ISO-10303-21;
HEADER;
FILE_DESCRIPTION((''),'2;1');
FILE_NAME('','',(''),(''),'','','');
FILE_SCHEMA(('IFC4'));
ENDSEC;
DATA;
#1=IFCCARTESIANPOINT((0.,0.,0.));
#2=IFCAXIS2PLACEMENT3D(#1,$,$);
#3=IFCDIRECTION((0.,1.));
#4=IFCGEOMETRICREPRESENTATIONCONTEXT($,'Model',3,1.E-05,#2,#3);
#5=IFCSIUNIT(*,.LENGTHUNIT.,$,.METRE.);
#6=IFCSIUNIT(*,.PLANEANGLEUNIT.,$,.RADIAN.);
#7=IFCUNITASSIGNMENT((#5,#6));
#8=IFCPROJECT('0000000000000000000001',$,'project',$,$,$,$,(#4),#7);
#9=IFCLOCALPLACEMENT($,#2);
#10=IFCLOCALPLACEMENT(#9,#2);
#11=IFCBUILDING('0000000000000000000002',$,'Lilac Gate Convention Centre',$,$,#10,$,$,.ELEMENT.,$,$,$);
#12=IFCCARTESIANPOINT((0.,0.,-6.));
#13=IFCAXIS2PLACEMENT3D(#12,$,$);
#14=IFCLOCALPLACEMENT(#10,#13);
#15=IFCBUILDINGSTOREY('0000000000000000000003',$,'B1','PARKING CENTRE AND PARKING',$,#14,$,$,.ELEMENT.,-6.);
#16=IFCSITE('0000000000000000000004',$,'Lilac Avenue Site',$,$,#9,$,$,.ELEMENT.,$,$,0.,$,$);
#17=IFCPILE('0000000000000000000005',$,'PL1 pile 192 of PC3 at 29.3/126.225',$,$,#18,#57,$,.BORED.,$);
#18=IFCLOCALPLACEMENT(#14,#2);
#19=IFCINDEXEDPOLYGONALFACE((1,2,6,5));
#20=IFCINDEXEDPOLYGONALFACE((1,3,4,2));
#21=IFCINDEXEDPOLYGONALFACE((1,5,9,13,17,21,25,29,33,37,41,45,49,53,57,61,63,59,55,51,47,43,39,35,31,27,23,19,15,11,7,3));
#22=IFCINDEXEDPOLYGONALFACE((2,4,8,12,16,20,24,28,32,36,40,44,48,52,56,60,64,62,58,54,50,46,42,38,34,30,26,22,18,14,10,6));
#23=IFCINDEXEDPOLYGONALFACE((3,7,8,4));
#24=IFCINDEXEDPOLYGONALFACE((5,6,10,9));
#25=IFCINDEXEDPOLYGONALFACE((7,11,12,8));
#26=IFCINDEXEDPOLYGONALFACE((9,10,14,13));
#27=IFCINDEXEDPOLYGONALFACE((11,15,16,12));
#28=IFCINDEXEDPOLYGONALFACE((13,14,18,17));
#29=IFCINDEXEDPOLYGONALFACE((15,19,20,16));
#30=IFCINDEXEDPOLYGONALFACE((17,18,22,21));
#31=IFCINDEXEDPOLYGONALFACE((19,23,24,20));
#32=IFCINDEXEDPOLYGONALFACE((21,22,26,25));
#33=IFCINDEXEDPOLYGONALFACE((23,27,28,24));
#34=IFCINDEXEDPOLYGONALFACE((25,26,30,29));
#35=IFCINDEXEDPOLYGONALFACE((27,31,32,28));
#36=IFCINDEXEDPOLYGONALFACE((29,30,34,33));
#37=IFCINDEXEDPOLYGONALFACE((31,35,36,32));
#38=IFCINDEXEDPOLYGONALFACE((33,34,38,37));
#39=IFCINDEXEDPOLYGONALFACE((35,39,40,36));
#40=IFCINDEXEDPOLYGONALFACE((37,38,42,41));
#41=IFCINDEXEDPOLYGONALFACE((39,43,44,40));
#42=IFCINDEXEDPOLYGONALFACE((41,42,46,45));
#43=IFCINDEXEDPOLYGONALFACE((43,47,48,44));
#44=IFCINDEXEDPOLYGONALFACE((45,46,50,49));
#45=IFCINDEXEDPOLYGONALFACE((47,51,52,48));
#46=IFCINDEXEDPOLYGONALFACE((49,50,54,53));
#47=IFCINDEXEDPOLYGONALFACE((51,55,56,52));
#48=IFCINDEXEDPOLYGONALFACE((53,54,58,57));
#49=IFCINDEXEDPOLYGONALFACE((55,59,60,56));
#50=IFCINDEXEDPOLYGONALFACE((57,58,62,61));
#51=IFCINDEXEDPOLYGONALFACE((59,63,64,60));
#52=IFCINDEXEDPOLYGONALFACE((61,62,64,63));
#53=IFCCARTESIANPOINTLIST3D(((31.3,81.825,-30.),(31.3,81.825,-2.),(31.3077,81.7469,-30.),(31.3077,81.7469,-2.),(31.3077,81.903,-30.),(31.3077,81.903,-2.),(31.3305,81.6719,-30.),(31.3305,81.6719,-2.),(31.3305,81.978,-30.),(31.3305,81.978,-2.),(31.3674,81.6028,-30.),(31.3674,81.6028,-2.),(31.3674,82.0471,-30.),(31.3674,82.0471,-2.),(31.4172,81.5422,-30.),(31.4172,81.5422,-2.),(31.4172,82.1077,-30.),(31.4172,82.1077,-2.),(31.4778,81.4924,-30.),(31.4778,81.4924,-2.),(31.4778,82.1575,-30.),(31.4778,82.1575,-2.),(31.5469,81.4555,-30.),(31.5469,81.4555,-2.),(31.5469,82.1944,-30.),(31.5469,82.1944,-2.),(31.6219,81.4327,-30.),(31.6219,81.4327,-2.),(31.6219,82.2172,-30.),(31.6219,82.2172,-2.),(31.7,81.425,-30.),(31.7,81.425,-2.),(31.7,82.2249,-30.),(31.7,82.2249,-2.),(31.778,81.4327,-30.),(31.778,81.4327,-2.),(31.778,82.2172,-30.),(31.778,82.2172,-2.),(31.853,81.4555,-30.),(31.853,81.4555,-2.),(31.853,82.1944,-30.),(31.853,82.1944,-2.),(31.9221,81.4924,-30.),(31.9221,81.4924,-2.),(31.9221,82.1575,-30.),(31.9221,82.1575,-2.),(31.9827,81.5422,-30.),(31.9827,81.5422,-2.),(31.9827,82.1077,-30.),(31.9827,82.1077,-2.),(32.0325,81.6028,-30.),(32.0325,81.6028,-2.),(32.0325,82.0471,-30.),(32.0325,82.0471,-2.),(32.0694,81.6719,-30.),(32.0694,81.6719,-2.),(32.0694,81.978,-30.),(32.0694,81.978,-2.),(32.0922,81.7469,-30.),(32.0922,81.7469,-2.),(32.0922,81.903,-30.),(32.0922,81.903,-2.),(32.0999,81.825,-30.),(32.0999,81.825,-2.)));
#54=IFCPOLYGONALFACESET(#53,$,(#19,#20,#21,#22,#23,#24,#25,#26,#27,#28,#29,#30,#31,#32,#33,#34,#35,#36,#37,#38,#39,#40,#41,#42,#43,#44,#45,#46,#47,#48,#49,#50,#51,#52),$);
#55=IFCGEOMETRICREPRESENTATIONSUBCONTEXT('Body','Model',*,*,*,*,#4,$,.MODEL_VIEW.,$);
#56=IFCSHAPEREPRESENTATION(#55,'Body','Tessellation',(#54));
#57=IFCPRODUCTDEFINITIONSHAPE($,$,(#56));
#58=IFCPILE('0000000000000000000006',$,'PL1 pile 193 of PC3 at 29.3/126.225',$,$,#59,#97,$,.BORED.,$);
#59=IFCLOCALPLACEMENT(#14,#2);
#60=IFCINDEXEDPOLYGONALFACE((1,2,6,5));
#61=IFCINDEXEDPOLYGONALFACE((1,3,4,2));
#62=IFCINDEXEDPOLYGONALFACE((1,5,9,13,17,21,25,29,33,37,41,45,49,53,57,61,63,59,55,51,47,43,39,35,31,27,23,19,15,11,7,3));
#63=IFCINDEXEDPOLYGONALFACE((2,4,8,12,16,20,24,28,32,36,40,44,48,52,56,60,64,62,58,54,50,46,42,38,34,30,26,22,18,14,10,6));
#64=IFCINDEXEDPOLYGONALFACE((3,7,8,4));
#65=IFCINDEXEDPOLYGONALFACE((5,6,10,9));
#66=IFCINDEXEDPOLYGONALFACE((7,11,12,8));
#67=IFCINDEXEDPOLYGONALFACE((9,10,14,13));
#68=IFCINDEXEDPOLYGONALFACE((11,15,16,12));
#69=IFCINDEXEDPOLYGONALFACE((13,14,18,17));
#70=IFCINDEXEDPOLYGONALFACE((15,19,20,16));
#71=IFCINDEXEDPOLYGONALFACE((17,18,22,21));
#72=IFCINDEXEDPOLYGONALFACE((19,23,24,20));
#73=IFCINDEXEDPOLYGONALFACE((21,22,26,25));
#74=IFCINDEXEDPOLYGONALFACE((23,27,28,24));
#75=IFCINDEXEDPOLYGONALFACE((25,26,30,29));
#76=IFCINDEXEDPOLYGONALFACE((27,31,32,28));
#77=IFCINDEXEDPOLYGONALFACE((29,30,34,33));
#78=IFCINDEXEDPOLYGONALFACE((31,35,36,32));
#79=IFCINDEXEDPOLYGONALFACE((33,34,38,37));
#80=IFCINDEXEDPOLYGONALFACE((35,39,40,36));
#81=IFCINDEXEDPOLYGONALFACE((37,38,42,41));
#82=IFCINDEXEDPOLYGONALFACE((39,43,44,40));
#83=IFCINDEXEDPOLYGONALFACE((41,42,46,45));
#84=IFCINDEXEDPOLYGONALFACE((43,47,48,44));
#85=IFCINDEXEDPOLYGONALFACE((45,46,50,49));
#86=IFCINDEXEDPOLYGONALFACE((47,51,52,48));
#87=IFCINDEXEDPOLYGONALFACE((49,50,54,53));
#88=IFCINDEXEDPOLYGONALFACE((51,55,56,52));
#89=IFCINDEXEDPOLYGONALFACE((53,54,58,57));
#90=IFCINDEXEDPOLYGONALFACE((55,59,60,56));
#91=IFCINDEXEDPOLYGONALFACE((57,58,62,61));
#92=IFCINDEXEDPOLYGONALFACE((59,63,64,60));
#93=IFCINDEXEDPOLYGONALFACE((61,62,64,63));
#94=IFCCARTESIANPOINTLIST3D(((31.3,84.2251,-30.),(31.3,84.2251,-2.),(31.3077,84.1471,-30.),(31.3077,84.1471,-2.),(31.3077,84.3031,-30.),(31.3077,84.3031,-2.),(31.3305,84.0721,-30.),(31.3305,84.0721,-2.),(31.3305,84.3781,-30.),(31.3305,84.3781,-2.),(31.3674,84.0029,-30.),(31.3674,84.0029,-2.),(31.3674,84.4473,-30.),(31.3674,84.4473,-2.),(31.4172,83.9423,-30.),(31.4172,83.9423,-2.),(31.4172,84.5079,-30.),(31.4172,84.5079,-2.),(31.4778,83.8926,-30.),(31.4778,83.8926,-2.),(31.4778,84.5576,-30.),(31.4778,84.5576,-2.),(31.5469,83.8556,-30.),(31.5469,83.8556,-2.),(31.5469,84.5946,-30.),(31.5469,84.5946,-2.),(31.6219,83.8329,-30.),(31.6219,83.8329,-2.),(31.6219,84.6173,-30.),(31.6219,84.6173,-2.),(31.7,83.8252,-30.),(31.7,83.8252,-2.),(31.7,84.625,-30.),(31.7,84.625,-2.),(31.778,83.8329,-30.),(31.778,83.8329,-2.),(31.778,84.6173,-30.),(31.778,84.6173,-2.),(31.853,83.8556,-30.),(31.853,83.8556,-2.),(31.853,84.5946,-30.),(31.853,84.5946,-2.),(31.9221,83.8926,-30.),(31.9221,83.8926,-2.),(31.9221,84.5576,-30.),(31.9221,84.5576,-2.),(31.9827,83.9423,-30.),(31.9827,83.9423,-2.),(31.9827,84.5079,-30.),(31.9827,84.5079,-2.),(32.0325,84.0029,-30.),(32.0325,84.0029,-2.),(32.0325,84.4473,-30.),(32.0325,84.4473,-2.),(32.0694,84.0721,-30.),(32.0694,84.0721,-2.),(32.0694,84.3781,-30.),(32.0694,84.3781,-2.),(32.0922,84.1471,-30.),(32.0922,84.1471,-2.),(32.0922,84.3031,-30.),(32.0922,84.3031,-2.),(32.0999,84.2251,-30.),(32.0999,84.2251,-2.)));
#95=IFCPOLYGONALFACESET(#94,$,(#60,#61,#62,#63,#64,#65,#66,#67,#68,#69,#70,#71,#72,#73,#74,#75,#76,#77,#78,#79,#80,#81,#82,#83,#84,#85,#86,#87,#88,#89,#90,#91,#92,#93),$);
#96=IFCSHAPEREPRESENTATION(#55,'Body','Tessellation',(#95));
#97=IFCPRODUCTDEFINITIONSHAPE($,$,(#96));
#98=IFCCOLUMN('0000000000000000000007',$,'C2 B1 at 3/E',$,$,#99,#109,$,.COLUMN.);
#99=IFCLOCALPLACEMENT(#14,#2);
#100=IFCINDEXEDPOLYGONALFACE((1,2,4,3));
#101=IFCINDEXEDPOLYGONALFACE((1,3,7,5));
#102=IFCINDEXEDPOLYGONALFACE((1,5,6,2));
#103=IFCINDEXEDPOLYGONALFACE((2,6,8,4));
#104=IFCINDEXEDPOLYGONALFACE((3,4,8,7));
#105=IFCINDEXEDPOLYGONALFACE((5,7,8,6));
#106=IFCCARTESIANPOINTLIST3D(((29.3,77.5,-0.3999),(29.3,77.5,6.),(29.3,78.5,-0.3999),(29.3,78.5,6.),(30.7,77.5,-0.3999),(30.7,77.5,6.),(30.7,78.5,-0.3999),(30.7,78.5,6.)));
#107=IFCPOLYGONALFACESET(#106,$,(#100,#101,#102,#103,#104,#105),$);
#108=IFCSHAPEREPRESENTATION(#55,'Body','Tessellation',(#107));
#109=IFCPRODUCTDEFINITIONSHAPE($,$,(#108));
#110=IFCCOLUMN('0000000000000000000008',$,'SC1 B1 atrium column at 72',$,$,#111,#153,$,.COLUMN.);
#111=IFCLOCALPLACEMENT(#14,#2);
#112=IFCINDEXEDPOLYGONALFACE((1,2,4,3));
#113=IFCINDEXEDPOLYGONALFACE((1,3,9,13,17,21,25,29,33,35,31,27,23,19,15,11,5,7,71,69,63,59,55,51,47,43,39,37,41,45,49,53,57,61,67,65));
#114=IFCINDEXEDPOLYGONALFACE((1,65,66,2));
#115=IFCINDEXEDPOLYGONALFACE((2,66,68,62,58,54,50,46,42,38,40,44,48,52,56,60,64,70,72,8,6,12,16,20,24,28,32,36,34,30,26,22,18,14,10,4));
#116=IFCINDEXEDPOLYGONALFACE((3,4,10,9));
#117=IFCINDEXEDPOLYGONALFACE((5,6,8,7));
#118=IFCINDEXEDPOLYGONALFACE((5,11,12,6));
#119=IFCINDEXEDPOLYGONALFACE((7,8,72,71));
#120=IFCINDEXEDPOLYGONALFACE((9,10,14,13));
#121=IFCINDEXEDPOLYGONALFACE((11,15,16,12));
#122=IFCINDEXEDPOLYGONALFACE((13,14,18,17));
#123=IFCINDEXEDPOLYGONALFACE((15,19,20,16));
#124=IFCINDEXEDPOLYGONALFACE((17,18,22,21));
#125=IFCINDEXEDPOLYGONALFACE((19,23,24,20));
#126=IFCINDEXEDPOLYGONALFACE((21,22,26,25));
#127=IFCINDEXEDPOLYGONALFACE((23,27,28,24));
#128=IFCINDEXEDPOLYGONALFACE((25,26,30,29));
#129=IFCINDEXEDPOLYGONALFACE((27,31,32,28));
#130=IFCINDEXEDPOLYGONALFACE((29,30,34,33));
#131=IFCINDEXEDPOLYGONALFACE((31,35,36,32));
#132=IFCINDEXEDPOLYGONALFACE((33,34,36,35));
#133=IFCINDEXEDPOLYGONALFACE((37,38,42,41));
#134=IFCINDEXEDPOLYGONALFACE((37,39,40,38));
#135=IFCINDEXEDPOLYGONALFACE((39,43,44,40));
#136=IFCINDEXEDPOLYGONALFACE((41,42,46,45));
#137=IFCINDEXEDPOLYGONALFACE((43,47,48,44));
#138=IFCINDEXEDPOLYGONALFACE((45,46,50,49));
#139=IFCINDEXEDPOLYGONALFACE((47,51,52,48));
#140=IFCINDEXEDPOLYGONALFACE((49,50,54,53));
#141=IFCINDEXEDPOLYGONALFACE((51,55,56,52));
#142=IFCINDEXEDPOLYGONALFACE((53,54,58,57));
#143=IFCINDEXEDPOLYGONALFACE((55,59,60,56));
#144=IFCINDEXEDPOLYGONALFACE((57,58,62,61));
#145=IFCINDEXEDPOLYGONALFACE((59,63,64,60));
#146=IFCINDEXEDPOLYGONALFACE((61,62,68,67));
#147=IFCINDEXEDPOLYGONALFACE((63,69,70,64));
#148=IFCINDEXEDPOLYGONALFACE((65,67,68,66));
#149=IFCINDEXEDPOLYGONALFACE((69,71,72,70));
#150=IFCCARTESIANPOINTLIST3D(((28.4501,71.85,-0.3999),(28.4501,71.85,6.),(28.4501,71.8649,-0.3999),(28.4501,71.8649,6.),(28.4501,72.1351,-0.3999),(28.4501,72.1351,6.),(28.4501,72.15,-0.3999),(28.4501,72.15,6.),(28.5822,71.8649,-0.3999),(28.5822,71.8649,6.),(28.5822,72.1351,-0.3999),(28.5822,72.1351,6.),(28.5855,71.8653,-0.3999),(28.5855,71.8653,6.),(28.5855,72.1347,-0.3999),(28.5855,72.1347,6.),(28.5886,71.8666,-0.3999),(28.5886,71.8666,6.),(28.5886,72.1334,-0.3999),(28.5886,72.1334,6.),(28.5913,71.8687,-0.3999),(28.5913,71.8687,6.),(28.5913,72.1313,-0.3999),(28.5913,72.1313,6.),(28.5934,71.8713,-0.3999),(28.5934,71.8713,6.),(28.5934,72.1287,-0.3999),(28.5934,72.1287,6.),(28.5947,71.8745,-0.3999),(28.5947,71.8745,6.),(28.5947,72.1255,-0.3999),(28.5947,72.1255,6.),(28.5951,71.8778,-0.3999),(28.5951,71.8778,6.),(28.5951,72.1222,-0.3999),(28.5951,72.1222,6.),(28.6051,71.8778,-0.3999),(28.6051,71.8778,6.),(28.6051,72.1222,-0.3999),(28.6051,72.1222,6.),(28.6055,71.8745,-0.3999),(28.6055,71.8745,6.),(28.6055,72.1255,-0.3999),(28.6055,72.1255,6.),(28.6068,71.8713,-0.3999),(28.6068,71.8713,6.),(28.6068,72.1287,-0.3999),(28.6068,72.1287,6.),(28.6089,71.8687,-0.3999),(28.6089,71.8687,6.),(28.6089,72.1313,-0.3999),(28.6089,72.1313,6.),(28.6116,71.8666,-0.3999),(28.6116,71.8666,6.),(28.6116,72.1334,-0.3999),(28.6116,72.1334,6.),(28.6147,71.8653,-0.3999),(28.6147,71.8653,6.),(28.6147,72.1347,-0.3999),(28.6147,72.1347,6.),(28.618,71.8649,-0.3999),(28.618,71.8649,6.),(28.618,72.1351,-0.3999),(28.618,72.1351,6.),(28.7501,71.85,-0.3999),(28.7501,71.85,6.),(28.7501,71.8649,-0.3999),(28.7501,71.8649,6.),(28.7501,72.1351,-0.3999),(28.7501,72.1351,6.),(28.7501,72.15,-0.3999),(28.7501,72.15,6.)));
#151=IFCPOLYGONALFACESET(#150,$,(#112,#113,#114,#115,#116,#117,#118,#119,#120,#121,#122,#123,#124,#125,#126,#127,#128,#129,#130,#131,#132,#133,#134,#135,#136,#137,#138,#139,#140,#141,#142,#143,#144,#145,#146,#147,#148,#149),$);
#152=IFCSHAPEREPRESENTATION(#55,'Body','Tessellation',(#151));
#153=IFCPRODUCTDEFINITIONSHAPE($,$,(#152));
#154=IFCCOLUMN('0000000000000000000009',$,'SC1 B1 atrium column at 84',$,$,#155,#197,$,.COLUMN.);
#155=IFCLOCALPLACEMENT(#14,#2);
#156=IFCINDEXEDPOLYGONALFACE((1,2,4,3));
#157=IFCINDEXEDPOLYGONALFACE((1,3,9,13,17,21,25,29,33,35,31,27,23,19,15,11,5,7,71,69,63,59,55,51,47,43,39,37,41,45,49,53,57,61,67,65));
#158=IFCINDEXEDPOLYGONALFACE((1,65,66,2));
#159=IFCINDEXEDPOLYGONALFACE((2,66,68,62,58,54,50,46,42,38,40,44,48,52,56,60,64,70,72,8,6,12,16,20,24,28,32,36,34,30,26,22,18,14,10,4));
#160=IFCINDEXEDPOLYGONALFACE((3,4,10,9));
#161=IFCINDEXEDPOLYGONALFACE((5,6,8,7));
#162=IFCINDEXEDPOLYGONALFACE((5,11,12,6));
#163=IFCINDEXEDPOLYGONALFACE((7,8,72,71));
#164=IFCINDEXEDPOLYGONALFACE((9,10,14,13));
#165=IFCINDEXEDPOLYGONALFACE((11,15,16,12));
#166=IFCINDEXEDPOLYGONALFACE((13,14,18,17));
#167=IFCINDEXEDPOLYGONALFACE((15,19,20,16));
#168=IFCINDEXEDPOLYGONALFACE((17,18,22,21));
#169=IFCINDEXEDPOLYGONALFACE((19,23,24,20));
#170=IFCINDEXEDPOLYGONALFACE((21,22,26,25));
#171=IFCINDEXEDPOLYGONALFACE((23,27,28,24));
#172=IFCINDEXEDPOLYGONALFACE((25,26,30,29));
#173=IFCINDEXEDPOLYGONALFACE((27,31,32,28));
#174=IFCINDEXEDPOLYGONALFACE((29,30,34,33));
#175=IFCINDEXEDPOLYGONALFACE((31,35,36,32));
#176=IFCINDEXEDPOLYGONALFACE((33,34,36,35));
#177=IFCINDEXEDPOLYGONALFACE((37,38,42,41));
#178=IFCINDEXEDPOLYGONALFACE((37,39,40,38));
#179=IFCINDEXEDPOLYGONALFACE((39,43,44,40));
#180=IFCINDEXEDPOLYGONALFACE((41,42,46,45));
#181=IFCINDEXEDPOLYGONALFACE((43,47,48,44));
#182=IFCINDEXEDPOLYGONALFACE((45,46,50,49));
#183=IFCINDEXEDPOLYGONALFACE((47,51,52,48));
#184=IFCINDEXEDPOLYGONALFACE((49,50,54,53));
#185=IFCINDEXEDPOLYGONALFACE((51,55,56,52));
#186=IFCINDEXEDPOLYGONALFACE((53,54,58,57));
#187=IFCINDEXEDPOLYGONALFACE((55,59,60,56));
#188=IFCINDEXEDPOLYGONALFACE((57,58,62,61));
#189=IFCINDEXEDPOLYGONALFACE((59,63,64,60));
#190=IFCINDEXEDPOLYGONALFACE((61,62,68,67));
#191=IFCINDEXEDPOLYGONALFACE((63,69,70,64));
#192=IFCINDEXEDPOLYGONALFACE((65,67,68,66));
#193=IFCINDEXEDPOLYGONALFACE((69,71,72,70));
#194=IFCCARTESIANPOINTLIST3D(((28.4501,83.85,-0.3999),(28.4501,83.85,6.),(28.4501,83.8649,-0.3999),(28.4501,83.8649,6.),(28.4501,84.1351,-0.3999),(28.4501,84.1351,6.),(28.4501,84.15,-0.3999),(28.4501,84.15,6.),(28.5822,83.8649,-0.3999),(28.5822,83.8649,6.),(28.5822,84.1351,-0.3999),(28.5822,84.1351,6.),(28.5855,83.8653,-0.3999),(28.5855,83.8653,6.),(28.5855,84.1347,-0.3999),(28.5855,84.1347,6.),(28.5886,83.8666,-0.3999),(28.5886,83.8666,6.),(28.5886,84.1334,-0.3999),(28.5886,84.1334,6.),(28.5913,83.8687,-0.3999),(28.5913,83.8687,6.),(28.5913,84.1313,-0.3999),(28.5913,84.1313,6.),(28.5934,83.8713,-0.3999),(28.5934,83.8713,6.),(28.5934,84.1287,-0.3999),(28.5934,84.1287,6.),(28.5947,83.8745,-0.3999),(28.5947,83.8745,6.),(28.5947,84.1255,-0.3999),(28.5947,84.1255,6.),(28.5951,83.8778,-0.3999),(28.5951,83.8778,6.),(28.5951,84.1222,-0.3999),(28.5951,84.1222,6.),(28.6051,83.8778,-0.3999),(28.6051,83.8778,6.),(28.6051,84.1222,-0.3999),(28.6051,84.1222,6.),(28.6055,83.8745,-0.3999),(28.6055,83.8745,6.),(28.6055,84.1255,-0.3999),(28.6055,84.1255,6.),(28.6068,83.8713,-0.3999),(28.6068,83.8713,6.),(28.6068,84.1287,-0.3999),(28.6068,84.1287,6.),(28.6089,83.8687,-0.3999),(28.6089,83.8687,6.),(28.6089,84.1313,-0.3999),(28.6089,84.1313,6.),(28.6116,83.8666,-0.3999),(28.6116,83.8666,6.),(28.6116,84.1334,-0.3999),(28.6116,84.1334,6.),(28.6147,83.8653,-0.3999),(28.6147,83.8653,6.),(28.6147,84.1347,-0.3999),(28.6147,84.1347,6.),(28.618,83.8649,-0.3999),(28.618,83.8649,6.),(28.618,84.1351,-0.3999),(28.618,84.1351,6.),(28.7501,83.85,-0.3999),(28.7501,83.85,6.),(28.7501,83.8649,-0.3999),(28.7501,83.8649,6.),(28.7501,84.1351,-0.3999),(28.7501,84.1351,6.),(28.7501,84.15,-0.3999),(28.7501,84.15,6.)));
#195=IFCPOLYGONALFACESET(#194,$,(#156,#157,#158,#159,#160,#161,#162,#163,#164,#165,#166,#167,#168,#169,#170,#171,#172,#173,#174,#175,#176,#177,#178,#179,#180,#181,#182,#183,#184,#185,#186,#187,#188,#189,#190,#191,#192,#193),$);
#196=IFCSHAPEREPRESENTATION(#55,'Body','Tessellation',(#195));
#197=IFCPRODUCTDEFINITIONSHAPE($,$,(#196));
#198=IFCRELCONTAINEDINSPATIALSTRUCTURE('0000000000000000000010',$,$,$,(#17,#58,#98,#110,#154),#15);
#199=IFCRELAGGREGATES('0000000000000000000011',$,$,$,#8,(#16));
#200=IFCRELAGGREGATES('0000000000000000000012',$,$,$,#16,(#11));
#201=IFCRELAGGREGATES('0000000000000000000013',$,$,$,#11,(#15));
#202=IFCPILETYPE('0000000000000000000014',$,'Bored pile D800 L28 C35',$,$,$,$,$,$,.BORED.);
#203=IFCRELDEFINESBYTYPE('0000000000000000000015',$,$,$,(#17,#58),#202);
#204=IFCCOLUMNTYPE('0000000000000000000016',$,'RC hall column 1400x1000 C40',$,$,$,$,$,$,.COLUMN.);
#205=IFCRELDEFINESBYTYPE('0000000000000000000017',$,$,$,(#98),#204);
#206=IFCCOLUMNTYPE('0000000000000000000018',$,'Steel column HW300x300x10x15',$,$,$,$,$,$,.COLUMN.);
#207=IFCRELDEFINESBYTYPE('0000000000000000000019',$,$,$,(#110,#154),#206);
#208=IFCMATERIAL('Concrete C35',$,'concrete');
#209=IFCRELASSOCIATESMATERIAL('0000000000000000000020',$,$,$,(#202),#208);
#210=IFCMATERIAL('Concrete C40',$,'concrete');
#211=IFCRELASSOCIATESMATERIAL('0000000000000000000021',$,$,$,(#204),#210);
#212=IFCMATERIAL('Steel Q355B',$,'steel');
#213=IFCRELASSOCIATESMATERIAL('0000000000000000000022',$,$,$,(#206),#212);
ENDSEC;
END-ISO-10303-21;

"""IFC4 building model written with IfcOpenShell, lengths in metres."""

from ifc_helpers import new_model, si_unit, direction, frame, origin, origin_2d, place, context, subcontext, project, spatial, rectangle, circle, i_section, extrude, material, material_profile, profile_set, type_object, element, save


model = new_model("IFC4")

# Units and contexts
model_context = context("Model", 3, precision=1e-05, world=origin(), true_north=direction((0.0, 1.0)))
body_context = subcontext(model_context, "Body", "Model", "MODEL_VIEW")
ifc_project = project(units=[si_unit("LENGTHUNIT", "METRE"), si_unit("PLANEANGLEUNIT", "RADIAN")], contexts=[model_context])

# Site, building, storey
site_placement = place(None, origin())
site = spatial("IfcSite", under=ifc_project, at=site_placement, Name="Lilac Avenue Site", CompositionType="ELEMENT", RefElevation=0.0)
building_placement = place(site_placement, origin())
building = spatial("IfcBuilding", under=site, at=building_placement, Name="Lilac Gate Convention Centre", CompositionType="ELEMENT")
storey_placement = place(building_placement, frame((0.0, 0.0, -6.0)))
storey = spatial("IfcBuildingStorey", under=building, at=storey_placement, Name="B1", Description="PARKING CENTRE AND PARKING", CompositionType="ELEMENT", Elevation=-6.0)

# Piles
ifc_material_1 = material(Name="Concrete C35", Category="concrete")
ifc_material_profile_1 = material_profile(ifc_material_1, circle(Radius=0.3999, at=origin_2d()), Name="D800")
ifc_profile_set_1 = profile_set([ifc_material_profile_1], Name="Concrete C35")
pile_type = type_object("IfcPileType", Name="Bored pile D800 L28 C35", PredefinedType="BORED", material=ifc_profile_set_1)
for number, where, z_axis, x_axis, name in (
    (1, (31.7, 81.825, -2.0), (0.0, 0.0, -1.0), (1.0, 0.0, 0.0), "PL1 pile 192 of PC3 at 29.3/126.225"),
    (2, (31.7, 84.2251, -2.0), (0.0, 0.0, -1.0), (1.0, 0.0, 0.0), "PL1 pile 193 of PC3 at 29.3/126.225"),
):
    element("IfcPile", number, at=place(storey_placement, frame(where, z_axis=z_axis, x_axis=x_axis)), inside=storey, type_object=pile_type, Name=name, PredefinedType="BORED", context=body_context, shape_type="SweptSolid", body=[
        extrude(circle(Radius=0.3999, at=origin_2d()), origin(), (0.0, 0.0, 1.0), 28.0),
    ])

# Columns
ifc_material_2 = material(Name="Concrete C40", Category="concrete")
ifc_material_profile_2 = material_profile(ifc_material_2, rectangle(XDim=1.3999, YDim=1.0, at=origin_2d()), Name="RC 1400x1000")
ifc_profile_set_2 = profile_set([ifc_material_profile_2], Name="Concrete C40")
column_type_1 = type_object("IfcColumnType", Name="RC hall column 1400x1000 C40", PredefinedType="COLUMN", material=ifc_profile_set_2)
column_placement = place(storey_placement, frame((30.0, 78.0, -0.3999), z_axis=(0.0, 0.0, 1.0), x_axis=(1.0, 0.0, 0.0)))
element("IfcColumn", 3, at=column_placement, inside=storey, type_object=column_type_1, Name="C2 B1 at 3/E", PredefinedType="COLUMN", context=body_context, shape_type="SweptSolid", body=[
    extrude(rectangle(XDim=1.3999, YDim=1.0, at=origin_2d()), origin(), (0.0, 0.0, 1.0), 6.3999),
])
ifc_material_3 = material(Name="Steel Q355B", Category="steel")
ifc_material_profile_3 = material_profile(ifc_material_3, i_section(OverallWidth=0.3, OverallDepth=0.3, WebThickness=0.01, FlangeThickness=0.0149, FilletRadius=0.0129, at=origin_2d()), Name="HW300x300x10x15")
ifc_profile_set_3 = profile_set([ifc_material_profile_3], Name="Steel Q355B")
column_type_2 = type_object("IfcColumnType", Name="Steel column HW300x300x10x15", PredefinedType="COLUMN", material=ifc_profile_set_3)
for number, where, z_axis, x_axis, name in (
    (4, (28.6001, 72.0, -0.3999), (0.0, 0.0, 1.0), (1.0, 0.0, 0.0), "SC1 B1 atrium column at 72"),
    (5, (28.6001, 84.0, -0.3999), (0.0, 0.0, 1.0), (1.0, 0.0, 0.0), "SC1 B1 atrium column at 84"),
):
    element("IfcColumn", number, at=place(storey_placement, frame(where, z_axis=z_axis, x_axis=x_axis)), inside=storey, type_object=column_type_2, Name=name, PredefinedType="COLUMN", context=body_context, shape_type="SweptSolid", body=[
        extrude(i_section(OverallWidth=0.3, OverallDepth=0.3, WebThickness=0.01, FlangeThickness=0.0149, FilletRadius=0.0129, at=origin_2d()), origin(), (0.0, 0.0, 1.0), 6.3999),
    ])

save(model, "model.ifc")
